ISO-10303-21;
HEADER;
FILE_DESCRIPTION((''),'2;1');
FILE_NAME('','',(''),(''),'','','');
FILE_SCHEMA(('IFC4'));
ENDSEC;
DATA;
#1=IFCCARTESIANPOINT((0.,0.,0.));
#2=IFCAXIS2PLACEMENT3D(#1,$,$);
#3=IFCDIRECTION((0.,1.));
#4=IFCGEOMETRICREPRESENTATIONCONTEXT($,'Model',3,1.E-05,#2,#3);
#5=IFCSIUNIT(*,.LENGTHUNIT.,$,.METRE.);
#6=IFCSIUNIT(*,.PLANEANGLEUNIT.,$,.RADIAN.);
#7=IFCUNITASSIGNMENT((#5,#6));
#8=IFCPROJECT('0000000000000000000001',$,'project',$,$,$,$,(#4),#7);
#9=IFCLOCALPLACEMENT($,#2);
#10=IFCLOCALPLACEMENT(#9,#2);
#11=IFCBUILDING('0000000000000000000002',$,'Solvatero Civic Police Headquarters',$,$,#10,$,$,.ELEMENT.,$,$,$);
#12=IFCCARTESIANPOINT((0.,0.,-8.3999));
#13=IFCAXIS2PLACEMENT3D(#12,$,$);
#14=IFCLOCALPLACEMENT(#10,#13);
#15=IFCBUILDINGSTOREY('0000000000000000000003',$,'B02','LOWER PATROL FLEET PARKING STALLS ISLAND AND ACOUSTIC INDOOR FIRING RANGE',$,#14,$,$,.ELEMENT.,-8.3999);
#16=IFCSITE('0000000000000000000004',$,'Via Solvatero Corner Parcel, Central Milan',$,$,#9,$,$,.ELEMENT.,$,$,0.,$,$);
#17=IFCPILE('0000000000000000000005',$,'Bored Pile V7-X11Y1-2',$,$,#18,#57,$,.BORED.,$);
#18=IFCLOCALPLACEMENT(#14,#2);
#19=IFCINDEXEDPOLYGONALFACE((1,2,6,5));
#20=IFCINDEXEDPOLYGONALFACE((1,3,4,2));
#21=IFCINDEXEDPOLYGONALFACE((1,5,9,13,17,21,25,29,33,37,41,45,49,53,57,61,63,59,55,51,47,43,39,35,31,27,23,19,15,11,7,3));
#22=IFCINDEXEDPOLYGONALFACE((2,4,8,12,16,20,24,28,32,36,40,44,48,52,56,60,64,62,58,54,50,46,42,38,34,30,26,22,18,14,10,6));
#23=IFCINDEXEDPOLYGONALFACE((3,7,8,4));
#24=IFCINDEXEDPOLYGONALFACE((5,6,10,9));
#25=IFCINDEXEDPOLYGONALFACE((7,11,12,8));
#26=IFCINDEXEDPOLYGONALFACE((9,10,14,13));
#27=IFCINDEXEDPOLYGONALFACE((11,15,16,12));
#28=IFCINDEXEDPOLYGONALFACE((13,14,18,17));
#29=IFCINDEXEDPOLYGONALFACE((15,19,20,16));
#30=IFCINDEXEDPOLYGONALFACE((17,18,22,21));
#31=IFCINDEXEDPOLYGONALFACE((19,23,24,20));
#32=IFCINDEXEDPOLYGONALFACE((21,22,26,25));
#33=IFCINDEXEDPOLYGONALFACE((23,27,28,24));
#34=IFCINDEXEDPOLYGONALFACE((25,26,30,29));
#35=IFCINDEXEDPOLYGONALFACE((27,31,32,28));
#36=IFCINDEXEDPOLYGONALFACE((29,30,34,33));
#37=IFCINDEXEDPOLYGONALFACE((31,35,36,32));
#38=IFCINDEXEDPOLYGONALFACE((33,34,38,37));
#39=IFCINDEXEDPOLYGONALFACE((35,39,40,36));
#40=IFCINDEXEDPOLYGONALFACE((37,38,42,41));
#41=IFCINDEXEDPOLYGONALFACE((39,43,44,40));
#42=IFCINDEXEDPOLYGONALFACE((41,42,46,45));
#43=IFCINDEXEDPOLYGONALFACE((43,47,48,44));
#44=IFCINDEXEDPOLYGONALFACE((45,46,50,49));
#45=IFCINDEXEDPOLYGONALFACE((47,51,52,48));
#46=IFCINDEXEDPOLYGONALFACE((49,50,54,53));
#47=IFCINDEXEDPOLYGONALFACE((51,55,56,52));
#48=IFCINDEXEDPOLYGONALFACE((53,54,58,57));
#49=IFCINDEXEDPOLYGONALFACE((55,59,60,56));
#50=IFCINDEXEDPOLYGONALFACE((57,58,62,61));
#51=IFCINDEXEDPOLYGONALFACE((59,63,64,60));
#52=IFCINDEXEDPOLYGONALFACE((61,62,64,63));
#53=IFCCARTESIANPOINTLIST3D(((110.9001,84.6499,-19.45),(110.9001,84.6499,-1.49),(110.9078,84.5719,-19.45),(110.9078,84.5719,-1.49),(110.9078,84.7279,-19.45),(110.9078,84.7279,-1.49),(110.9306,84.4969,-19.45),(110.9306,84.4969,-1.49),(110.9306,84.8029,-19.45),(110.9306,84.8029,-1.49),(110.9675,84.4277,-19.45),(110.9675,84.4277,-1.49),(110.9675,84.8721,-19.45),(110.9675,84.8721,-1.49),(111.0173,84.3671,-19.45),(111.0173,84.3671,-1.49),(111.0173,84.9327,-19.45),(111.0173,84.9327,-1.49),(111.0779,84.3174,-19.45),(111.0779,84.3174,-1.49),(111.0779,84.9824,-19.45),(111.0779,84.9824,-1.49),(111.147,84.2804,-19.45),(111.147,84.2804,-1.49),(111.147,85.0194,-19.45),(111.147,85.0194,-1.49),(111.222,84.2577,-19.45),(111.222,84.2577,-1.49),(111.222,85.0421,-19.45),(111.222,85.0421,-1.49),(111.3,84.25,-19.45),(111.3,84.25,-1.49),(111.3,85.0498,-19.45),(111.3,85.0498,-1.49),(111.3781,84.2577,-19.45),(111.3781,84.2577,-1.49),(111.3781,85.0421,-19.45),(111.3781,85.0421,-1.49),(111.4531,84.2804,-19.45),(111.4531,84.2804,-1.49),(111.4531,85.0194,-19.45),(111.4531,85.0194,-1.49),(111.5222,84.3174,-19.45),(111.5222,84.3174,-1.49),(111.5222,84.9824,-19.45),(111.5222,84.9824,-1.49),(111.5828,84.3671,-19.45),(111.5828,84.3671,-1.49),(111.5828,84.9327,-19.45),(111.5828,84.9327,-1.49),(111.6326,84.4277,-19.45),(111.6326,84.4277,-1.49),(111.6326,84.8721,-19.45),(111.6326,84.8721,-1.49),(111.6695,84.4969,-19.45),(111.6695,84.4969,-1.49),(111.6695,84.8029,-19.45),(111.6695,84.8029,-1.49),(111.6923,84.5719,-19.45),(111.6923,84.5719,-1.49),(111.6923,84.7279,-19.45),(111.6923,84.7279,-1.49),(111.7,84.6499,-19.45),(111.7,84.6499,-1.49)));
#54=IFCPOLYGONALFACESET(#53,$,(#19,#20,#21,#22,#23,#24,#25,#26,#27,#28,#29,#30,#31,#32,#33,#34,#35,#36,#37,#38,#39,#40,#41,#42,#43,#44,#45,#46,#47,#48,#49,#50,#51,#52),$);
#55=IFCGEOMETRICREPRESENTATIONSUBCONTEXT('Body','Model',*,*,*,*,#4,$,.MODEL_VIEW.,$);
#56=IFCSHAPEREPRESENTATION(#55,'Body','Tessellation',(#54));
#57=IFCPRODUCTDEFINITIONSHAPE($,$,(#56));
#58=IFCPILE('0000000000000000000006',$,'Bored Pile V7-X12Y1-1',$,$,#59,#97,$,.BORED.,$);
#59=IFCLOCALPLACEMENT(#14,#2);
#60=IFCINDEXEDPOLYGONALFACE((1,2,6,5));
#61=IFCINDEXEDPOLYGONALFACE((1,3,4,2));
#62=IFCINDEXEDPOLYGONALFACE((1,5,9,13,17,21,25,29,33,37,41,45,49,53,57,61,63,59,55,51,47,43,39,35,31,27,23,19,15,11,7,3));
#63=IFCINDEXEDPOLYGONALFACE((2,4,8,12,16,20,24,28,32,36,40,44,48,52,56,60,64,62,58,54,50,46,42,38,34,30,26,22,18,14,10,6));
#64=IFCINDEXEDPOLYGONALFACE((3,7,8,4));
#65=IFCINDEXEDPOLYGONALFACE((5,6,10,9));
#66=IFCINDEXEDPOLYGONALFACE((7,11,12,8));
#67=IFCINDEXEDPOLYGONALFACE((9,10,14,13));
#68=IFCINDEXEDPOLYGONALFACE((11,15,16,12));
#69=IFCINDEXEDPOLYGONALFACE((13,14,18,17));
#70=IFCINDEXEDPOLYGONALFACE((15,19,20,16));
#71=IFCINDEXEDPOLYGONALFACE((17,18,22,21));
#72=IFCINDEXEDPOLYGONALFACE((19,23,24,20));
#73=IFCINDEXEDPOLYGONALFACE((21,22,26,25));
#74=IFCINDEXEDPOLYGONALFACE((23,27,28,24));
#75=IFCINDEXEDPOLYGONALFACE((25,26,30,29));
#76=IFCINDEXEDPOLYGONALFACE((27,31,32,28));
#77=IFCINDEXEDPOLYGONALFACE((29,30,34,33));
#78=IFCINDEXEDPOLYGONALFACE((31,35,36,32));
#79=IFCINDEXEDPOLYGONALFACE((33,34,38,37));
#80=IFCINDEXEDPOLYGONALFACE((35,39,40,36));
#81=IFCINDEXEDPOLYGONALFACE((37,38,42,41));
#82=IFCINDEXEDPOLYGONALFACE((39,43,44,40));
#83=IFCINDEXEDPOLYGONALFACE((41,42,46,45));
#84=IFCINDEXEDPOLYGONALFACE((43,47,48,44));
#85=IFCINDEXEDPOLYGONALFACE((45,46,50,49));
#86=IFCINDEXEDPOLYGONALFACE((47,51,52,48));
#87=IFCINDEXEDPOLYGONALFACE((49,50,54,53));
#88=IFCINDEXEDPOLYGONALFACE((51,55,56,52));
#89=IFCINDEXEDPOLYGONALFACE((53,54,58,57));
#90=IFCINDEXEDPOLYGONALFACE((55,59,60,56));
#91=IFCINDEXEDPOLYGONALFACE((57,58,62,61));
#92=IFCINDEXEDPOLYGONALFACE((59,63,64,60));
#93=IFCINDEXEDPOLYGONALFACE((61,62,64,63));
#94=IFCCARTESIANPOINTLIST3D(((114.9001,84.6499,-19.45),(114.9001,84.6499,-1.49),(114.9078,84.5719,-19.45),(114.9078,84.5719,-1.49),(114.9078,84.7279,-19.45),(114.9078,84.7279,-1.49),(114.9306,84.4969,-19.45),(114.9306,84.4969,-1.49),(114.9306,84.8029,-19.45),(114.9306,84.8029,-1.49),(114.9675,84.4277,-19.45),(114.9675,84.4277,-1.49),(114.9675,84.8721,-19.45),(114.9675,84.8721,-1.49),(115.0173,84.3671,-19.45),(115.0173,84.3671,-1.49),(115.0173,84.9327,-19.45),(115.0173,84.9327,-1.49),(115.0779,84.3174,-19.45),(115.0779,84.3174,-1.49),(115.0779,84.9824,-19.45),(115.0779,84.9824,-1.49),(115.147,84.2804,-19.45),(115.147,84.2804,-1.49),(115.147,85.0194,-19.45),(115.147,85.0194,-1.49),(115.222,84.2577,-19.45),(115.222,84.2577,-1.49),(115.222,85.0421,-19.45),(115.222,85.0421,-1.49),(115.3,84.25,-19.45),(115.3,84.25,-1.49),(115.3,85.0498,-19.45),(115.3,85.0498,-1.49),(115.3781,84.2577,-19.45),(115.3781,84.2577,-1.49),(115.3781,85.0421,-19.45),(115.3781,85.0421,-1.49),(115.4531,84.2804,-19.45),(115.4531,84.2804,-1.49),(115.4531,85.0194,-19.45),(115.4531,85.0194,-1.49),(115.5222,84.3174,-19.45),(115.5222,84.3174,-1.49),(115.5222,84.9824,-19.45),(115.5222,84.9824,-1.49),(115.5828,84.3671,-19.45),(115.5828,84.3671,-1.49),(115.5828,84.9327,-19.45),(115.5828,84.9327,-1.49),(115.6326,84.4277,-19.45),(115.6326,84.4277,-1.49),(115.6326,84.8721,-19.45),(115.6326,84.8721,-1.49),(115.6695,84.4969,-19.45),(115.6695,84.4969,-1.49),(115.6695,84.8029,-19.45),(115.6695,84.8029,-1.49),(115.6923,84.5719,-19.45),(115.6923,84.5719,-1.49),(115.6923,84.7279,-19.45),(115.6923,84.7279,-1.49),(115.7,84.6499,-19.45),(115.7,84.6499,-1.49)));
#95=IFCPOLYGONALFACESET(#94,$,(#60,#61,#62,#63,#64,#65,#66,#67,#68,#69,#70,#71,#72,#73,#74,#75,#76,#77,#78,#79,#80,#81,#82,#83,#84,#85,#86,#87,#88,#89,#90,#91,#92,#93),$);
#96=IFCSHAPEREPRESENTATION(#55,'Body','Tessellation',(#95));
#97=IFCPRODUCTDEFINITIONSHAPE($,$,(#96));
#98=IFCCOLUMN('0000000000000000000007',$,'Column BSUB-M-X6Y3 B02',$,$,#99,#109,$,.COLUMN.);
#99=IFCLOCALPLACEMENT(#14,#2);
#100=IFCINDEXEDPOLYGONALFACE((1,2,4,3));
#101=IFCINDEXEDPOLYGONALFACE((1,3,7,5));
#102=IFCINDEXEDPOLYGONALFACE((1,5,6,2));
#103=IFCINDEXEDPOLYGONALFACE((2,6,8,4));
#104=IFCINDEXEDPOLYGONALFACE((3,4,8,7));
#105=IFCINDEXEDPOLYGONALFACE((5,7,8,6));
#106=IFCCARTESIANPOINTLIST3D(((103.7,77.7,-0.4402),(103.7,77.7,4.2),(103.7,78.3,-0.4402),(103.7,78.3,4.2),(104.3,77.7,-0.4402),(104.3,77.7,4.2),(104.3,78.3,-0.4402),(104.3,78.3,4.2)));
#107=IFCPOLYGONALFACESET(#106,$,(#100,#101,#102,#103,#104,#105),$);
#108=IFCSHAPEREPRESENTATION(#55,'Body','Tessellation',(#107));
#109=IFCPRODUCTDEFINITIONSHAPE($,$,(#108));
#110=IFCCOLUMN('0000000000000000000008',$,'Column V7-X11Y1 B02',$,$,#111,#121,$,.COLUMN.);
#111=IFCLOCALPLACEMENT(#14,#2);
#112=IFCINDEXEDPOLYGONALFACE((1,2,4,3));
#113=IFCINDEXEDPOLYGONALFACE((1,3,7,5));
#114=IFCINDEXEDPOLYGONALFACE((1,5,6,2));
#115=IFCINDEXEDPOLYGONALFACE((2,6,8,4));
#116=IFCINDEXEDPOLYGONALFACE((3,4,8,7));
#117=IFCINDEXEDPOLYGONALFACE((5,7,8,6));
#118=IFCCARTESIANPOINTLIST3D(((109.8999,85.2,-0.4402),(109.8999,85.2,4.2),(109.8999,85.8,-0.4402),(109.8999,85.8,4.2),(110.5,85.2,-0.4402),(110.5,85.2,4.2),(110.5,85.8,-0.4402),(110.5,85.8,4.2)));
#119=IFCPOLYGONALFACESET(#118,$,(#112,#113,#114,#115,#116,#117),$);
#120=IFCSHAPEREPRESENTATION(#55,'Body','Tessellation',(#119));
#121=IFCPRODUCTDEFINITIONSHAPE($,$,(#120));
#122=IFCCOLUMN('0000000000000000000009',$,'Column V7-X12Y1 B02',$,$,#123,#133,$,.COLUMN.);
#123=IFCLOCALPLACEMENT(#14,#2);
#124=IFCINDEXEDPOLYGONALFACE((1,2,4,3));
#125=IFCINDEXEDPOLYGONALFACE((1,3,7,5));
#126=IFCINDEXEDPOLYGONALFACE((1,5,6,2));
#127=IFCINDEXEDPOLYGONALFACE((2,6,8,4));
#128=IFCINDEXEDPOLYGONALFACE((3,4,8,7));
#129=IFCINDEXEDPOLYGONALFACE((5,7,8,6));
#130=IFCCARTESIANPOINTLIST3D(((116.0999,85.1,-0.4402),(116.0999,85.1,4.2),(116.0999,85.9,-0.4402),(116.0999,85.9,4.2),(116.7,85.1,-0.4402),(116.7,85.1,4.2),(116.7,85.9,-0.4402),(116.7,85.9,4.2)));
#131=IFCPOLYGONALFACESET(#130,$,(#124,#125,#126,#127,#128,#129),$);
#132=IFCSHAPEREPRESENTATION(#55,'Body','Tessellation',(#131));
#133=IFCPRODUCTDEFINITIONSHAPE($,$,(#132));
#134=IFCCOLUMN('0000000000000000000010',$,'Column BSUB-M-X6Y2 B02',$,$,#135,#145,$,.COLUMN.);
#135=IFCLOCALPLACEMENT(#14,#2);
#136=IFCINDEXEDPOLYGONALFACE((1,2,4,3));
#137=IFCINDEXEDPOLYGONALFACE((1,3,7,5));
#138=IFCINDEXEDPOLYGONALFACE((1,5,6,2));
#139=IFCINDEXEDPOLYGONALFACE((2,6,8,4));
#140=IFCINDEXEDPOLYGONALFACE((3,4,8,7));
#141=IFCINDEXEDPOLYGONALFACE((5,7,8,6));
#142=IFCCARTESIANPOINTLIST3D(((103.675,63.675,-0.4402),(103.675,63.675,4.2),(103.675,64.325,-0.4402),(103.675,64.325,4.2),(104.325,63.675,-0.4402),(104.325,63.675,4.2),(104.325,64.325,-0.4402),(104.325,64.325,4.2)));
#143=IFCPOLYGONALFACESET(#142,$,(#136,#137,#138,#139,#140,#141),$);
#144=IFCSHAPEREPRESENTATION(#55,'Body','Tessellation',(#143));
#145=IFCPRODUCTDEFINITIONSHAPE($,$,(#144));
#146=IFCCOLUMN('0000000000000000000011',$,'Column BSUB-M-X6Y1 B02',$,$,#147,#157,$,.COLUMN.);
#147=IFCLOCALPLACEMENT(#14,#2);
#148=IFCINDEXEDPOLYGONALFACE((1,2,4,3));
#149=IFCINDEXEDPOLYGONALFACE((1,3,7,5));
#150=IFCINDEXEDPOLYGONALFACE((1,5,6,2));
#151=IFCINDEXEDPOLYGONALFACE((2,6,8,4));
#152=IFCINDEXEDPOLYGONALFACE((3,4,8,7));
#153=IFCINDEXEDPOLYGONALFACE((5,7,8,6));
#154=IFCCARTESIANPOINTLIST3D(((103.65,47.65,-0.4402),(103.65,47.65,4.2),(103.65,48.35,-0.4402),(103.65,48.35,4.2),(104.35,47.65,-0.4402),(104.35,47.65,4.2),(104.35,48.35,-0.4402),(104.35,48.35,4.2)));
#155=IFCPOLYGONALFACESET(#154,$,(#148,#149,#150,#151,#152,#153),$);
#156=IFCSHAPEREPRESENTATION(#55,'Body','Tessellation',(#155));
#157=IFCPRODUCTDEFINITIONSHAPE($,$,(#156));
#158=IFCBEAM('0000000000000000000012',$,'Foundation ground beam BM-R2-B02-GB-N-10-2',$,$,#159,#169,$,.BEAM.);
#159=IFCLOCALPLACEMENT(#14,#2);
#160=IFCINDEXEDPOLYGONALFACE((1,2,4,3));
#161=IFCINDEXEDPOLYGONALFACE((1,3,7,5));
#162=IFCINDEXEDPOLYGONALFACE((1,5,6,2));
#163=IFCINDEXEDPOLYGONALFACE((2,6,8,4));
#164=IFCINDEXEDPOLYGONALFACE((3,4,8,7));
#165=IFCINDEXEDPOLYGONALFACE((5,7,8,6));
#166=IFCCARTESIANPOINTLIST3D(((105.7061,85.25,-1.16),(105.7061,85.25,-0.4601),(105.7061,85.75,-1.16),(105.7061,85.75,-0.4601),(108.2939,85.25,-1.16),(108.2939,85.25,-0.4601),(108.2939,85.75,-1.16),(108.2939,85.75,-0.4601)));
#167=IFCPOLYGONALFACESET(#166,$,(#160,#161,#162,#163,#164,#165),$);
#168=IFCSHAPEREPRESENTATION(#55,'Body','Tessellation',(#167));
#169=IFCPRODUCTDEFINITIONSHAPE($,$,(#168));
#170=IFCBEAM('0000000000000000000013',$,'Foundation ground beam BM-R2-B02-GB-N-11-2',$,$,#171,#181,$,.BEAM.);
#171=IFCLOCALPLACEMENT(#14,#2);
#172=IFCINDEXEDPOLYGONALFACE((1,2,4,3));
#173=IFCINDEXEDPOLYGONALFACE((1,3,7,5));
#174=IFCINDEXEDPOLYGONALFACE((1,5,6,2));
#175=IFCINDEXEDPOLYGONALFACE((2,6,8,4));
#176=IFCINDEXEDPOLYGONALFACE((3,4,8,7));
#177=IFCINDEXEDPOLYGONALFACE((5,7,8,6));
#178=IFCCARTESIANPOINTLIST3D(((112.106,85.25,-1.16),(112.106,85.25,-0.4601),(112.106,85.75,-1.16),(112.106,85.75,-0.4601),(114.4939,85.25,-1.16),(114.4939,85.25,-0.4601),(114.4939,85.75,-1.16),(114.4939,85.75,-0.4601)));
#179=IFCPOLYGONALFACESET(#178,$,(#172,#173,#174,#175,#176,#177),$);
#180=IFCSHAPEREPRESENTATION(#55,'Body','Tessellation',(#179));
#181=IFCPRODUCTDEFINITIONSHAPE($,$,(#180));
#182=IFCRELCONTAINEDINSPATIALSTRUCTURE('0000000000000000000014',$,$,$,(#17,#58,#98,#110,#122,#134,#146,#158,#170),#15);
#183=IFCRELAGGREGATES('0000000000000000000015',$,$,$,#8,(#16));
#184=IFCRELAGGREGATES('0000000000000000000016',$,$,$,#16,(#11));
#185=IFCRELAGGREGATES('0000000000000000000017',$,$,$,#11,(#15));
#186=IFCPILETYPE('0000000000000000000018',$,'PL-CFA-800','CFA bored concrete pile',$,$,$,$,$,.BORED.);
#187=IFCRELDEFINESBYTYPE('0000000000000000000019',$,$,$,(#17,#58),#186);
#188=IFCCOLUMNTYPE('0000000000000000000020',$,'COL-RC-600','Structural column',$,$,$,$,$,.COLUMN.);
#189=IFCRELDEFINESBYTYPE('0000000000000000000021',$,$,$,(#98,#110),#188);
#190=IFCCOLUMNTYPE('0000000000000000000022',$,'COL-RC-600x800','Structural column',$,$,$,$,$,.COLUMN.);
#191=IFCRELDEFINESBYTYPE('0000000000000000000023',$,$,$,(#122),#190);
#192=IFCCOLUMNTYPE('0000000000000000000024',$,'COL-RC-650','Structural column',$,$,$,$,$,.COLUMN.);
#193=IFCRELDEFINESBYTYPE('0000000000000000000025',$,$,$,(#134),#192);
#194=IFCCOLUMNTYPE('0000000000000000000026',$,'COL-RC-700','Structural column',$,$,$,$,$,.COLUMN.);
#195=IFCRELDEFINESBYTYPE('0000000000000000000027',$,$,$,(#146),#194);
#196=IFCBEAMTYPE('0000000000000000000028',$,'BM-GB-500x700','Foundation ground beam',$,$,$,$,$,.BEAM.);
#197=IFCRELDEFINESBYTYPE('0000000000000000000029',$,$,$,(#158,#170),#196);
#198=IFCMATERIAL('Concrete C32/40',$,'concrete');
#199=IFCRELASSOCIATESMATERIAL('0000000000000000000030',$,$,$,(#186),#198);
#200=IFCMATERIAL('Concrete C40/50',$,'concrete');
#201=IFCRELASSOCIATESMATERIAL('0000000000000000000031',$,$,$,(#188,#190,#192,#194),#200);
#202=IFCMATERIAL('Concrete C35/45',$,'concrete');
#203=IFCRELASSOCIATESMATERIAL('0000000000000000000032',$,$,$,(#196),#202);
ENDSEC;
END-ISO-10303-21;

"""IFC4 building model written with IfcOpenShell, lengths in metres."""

from ifc_helpers import new_model, si_unit, direction, frame, origin, origin_2d, place, context, subcontext, project, spatial, rectangle, circle, extrude, material, material_profile, profile_set, type_object, element, save


model = new_model("IFC4")

# Units and contexts
model_context = context("Model", 3, precision=1e-05, world=origin(), true_north=direction((0.0, 1.0)))
body_context = subcontext(model_context, "Body", "Model", "MODEL_VIEW")
ifc_project = project(units=[si_unit("LENGTHUNIT", "METRE"), si_unit("PLANEANGLEUNIT", "RADIAN")], contexts=[model_context])

# Site, building, storey
site_placement = place(None, origin())
site = spatial("IfcSite", under=ifc_project, at=site_placement, Name="Via Solvatero Corner Parcel, Central Milan", CompositionType="ELEMENT", RefElevation=0.0)
building_placement = place(site_placement, origin())
building = spatial("IfcBuilding", under=site, at=building_placement, Name="Solvatero Civic Police Headquarters", CompositionType="ELEMENT")
storey_placement = place(building_placement, frame((0.0, 0.0, -8.3999)))
storey = spatial("IfcBuildingStorey", under=building, at=storey_placement, Name="B02", Description="LOWER PATROL FLEET PARKING STALLS ISLAND AND ACOUSTIC INDOOR FIRING RANGE", CompositionType="ELEMENT", Elevation=-8.3999)

# Shared definitions
ifc_material_1 = material(Name="Concrete C35/45", Category="concrete")

# Piles
ifc_material_2 = material(Name="Concrete C32/40", Category="concrete")
ifc_material_profile_1 = material_profile(ifc_material_2, circle(Radius=0.3999, at=origin_2d()), Name="CFA PILE D800")
ifc_profile_set_1 = profile_set([ifc_material_profile_1], Name="Concrete C32/40")
pile_type_1 = type_object("IfcPileType", Name="PL-CFA-800", Description="CFA bored concrete pile", PredefinedType="BORED", material=ifc_profile_set_1)
for number, where, z_axis, x_axis, name in (
    (1, (111.3, 84.6499, -1.49), (0.0, 0.0, -1.0), (1.0, 0.0, 0.0), "Bored Pile V7-X11Y1-2"),
    (2, (115.3, 84.6499, -1.49), (0.0, 0.0, -1.0), (1.0, 0.0, 0.0), "Bored Pile V7-X12Y1-1"),
):
    element("IfcPile", number, at=place(storey_placement, frame(where, z_axis=z_axis, x_axis=x_axis)), inside=storey, type_object=pile_type_1, Name=name, PredefinedType="BORED", context=body_context, shape_type="SweptSolid", body=[
        extrude(circle(Radius=0.3999, at=origin_2d()), origin(), (0.0, 0.0, 1.0), 17.96),
    ])

# Columns
ifc_material_3 = material(Name="Concrete C40/50", Category="concrete")
ifc_material_profile_2 = material_profile(ifc_material_3, rectangle(XDim=0.6001, YDim=0.6001, at=origin_2d()), Name="RC 600x600")
ifc_profile_set_2 = profile_set([ifc_material_profile_2], Name="Concrete C40/50")
column_type_1 = type_object("IfcColumnType", Name="COL-RC-600", Description="Structural column", PredefinedType="COLUMN", material=ifc_profile_set_2)
for number, where, z_axis, x_axis, name in (
    (3, (104.0, 78.0, -0.4402), (0.0, 0.0, 1.0), (1.0, 0.0, 0.0), "Column BSUB-M-X6Y3 B02"),
    (4, (110.2, 85.5, -0.4402), (0.0, 0.0, 1.0), (1.0, 0.0, 0.0), "Column V7-X11Y1 B02"),
):
    element("IfcColumn", number, at=place(storey_placement, frame(where, z_axis=z_axis, x_axis=x_axis)), inside=storey, type_object=column_type_1, Name=name, PredefinedType="COLUMN", context=body_context, shape_type="SweptSolid", body=[
        extrude(rectangle(XDim=0.6001, YDim=0.6001, at=origin_2d()), origin(), (0.0, 0.0, 1.0), 4.6401),
    ])
ifc_material_profile_3 = material_profile(ifc_material_3, rectangle(XDim=0.6001, YDim=0.8, at=origin_2d()), Name="RC 600x800")
ifc_profile_set_3 = profile_set([ifc_material_profile_3], Name="Concrete C40/50")
column_type_2 = type_object("IfcColumnType", Name="COL-RC-600x800", Description="Structural column", PredefinedType="COLUMN", material=ifc_profile_set_3)
column_1_placement = place(storey_placement, frame((116.3999, 85.5, -0.4402), z_axis=(0.0, 0.0, 1.0), x_axis=(1.0, 0.0, 0.0)))
element("IfcColumn", 5, at=column_1_placement, inside=storey, type_object=column_type_2, Name="Column V7-X12Y1 B02", PredefinedType="COLUMN", context=body_context, shape_type="SweptSolid", body=[
    extrude(rectangle(XDim=0.6001, YDim=0.8, at=origin_2d()), origin(), (0.0, 0.0, 1.0), 4.6401),
])
ifc_material_profile_4 = material_profile(ifc_material_3, rectangle(XDim=0.6499, YDim=0.6499, at=origin_2d()), Name="RC 650x650")
ifc_profile_set_4 = profile_set([ifc_material_profile_4], Name="Concrete C40/50")
column_type_3 = type_object("IfcColumnType", Name="COL-RC-650", Description="Structural column", PredefinedType="COLUMN", material=ifc_profile_set_4)
column_2_placement = place(storey_placement, frame((104.0, 64.0, -0.4402), z_axis=(0.0, 0.0, 1.0), x_axis=(1.0, 0.0, 0.0)))
element("IfcColumn", 6, at=column_2_placement, inside=storey, type_object=column_type_3, Name="Column BSUB-M-X6Y2 B02", PredefinedType="COLUMN", context=body_context, shape_type="SweptSolid", body=[
    extrude(rectangle(XDim=0.6499, YDim=0.6499, at=origin_2d()), origin(), (0.0, 0.0, 1.0), 4.6401),
])
ifc_material_profile_5 = material_profile(ifc_material_3, rectangle(XDim=0.7, YDim=0.7, at=origin_2d()), Name="RC 700x700")
ifc_profile_set_5 = profile_set([ifc_material_profile_5], Name="Concrete C40/50")
column_type_4 = type_object("IfcColumnType", Name="COL-RC-700", Description="Structural column", PredefinedType="COLUMN", material=ifc_profile_set_5)
column_3_placement = place(storey_placement, frame((104.0, 48.0, -0.4402), z_axis=(0.0, 0.0, 1.0), x_axis=(1.0, 0.0, 0.0)))
element("IfcColumn", 7, at=column_3_placement, inside=storey, type_object=column_type_4, Name="Column BSUB-M-X6Y1 B02", PredefinedType="COLUMN", context=body_context, shape_type="SweptSolid", body=[
    extrude(rectangle(XDim=0.7, YDim=0.7, at=origin_2d()), origin(), (0.0, 0.0, 1.0), 4.6401),
])

# Beams
ifc_material_profile_6 = material_profile(ifc_material_1, rectangle(XDim=0.5, YDim=0.7, at=origin_2d()), Name="GB 500x700")
ifc_profile_set_6 = profile_set([ifc_material_profile_6], Name="Concrete C35/45")
beam_type_1 = type_object("IfcBeamType", Name="BM-GB-500x700", Description="Foundation ground beam", PredefinedType="BEAM", material=ifc_profile_set_6)
beam_1_placement = place(storey_placement, frame((105.7061, 85.5, -0.8101), z_axis=(1.0, 0.0, 0.0), x_axis=(0.0, 1.0, 0.0)))
element("IfcBeam", 8, at=beam_1_placement, inside=storey, type_object=beam_type_1, Name="Foundation ground beam BM-R2-B02-GB-N-10-2", PredefinedType="BEAM", context=body_context, shape_type="SweptSolid", body=[
    extrude(rectangle(XDim=0.5, YDim=0.7, at=origin_2d()), origin(), (0.0, 0.0, 1.0), 2.5879),
])
beam_2_placement = place(storey_placement, frame((112.106, 85.5, -0.8101), z_axis=(1.0, 0.0, 0.0), x_axis=(0.0, 1.0, 0.0)))
element("IfcBeam", 9, at=beam_2_placement, inside=storey, type_object=beam_type_1, Name="Foundation ground beam BM-R2-B02-GB-N-11-2", PredefinedType="BEAM", context=body_context, shape_type="SweptSolid", body=[
    extrude(rectangle(XDim=0.5, YDim=0.7, at=origin_2d()), origin(), (0.0, 0.0, 1.0), 2.3879),
])

save(model, "model.ifc")
